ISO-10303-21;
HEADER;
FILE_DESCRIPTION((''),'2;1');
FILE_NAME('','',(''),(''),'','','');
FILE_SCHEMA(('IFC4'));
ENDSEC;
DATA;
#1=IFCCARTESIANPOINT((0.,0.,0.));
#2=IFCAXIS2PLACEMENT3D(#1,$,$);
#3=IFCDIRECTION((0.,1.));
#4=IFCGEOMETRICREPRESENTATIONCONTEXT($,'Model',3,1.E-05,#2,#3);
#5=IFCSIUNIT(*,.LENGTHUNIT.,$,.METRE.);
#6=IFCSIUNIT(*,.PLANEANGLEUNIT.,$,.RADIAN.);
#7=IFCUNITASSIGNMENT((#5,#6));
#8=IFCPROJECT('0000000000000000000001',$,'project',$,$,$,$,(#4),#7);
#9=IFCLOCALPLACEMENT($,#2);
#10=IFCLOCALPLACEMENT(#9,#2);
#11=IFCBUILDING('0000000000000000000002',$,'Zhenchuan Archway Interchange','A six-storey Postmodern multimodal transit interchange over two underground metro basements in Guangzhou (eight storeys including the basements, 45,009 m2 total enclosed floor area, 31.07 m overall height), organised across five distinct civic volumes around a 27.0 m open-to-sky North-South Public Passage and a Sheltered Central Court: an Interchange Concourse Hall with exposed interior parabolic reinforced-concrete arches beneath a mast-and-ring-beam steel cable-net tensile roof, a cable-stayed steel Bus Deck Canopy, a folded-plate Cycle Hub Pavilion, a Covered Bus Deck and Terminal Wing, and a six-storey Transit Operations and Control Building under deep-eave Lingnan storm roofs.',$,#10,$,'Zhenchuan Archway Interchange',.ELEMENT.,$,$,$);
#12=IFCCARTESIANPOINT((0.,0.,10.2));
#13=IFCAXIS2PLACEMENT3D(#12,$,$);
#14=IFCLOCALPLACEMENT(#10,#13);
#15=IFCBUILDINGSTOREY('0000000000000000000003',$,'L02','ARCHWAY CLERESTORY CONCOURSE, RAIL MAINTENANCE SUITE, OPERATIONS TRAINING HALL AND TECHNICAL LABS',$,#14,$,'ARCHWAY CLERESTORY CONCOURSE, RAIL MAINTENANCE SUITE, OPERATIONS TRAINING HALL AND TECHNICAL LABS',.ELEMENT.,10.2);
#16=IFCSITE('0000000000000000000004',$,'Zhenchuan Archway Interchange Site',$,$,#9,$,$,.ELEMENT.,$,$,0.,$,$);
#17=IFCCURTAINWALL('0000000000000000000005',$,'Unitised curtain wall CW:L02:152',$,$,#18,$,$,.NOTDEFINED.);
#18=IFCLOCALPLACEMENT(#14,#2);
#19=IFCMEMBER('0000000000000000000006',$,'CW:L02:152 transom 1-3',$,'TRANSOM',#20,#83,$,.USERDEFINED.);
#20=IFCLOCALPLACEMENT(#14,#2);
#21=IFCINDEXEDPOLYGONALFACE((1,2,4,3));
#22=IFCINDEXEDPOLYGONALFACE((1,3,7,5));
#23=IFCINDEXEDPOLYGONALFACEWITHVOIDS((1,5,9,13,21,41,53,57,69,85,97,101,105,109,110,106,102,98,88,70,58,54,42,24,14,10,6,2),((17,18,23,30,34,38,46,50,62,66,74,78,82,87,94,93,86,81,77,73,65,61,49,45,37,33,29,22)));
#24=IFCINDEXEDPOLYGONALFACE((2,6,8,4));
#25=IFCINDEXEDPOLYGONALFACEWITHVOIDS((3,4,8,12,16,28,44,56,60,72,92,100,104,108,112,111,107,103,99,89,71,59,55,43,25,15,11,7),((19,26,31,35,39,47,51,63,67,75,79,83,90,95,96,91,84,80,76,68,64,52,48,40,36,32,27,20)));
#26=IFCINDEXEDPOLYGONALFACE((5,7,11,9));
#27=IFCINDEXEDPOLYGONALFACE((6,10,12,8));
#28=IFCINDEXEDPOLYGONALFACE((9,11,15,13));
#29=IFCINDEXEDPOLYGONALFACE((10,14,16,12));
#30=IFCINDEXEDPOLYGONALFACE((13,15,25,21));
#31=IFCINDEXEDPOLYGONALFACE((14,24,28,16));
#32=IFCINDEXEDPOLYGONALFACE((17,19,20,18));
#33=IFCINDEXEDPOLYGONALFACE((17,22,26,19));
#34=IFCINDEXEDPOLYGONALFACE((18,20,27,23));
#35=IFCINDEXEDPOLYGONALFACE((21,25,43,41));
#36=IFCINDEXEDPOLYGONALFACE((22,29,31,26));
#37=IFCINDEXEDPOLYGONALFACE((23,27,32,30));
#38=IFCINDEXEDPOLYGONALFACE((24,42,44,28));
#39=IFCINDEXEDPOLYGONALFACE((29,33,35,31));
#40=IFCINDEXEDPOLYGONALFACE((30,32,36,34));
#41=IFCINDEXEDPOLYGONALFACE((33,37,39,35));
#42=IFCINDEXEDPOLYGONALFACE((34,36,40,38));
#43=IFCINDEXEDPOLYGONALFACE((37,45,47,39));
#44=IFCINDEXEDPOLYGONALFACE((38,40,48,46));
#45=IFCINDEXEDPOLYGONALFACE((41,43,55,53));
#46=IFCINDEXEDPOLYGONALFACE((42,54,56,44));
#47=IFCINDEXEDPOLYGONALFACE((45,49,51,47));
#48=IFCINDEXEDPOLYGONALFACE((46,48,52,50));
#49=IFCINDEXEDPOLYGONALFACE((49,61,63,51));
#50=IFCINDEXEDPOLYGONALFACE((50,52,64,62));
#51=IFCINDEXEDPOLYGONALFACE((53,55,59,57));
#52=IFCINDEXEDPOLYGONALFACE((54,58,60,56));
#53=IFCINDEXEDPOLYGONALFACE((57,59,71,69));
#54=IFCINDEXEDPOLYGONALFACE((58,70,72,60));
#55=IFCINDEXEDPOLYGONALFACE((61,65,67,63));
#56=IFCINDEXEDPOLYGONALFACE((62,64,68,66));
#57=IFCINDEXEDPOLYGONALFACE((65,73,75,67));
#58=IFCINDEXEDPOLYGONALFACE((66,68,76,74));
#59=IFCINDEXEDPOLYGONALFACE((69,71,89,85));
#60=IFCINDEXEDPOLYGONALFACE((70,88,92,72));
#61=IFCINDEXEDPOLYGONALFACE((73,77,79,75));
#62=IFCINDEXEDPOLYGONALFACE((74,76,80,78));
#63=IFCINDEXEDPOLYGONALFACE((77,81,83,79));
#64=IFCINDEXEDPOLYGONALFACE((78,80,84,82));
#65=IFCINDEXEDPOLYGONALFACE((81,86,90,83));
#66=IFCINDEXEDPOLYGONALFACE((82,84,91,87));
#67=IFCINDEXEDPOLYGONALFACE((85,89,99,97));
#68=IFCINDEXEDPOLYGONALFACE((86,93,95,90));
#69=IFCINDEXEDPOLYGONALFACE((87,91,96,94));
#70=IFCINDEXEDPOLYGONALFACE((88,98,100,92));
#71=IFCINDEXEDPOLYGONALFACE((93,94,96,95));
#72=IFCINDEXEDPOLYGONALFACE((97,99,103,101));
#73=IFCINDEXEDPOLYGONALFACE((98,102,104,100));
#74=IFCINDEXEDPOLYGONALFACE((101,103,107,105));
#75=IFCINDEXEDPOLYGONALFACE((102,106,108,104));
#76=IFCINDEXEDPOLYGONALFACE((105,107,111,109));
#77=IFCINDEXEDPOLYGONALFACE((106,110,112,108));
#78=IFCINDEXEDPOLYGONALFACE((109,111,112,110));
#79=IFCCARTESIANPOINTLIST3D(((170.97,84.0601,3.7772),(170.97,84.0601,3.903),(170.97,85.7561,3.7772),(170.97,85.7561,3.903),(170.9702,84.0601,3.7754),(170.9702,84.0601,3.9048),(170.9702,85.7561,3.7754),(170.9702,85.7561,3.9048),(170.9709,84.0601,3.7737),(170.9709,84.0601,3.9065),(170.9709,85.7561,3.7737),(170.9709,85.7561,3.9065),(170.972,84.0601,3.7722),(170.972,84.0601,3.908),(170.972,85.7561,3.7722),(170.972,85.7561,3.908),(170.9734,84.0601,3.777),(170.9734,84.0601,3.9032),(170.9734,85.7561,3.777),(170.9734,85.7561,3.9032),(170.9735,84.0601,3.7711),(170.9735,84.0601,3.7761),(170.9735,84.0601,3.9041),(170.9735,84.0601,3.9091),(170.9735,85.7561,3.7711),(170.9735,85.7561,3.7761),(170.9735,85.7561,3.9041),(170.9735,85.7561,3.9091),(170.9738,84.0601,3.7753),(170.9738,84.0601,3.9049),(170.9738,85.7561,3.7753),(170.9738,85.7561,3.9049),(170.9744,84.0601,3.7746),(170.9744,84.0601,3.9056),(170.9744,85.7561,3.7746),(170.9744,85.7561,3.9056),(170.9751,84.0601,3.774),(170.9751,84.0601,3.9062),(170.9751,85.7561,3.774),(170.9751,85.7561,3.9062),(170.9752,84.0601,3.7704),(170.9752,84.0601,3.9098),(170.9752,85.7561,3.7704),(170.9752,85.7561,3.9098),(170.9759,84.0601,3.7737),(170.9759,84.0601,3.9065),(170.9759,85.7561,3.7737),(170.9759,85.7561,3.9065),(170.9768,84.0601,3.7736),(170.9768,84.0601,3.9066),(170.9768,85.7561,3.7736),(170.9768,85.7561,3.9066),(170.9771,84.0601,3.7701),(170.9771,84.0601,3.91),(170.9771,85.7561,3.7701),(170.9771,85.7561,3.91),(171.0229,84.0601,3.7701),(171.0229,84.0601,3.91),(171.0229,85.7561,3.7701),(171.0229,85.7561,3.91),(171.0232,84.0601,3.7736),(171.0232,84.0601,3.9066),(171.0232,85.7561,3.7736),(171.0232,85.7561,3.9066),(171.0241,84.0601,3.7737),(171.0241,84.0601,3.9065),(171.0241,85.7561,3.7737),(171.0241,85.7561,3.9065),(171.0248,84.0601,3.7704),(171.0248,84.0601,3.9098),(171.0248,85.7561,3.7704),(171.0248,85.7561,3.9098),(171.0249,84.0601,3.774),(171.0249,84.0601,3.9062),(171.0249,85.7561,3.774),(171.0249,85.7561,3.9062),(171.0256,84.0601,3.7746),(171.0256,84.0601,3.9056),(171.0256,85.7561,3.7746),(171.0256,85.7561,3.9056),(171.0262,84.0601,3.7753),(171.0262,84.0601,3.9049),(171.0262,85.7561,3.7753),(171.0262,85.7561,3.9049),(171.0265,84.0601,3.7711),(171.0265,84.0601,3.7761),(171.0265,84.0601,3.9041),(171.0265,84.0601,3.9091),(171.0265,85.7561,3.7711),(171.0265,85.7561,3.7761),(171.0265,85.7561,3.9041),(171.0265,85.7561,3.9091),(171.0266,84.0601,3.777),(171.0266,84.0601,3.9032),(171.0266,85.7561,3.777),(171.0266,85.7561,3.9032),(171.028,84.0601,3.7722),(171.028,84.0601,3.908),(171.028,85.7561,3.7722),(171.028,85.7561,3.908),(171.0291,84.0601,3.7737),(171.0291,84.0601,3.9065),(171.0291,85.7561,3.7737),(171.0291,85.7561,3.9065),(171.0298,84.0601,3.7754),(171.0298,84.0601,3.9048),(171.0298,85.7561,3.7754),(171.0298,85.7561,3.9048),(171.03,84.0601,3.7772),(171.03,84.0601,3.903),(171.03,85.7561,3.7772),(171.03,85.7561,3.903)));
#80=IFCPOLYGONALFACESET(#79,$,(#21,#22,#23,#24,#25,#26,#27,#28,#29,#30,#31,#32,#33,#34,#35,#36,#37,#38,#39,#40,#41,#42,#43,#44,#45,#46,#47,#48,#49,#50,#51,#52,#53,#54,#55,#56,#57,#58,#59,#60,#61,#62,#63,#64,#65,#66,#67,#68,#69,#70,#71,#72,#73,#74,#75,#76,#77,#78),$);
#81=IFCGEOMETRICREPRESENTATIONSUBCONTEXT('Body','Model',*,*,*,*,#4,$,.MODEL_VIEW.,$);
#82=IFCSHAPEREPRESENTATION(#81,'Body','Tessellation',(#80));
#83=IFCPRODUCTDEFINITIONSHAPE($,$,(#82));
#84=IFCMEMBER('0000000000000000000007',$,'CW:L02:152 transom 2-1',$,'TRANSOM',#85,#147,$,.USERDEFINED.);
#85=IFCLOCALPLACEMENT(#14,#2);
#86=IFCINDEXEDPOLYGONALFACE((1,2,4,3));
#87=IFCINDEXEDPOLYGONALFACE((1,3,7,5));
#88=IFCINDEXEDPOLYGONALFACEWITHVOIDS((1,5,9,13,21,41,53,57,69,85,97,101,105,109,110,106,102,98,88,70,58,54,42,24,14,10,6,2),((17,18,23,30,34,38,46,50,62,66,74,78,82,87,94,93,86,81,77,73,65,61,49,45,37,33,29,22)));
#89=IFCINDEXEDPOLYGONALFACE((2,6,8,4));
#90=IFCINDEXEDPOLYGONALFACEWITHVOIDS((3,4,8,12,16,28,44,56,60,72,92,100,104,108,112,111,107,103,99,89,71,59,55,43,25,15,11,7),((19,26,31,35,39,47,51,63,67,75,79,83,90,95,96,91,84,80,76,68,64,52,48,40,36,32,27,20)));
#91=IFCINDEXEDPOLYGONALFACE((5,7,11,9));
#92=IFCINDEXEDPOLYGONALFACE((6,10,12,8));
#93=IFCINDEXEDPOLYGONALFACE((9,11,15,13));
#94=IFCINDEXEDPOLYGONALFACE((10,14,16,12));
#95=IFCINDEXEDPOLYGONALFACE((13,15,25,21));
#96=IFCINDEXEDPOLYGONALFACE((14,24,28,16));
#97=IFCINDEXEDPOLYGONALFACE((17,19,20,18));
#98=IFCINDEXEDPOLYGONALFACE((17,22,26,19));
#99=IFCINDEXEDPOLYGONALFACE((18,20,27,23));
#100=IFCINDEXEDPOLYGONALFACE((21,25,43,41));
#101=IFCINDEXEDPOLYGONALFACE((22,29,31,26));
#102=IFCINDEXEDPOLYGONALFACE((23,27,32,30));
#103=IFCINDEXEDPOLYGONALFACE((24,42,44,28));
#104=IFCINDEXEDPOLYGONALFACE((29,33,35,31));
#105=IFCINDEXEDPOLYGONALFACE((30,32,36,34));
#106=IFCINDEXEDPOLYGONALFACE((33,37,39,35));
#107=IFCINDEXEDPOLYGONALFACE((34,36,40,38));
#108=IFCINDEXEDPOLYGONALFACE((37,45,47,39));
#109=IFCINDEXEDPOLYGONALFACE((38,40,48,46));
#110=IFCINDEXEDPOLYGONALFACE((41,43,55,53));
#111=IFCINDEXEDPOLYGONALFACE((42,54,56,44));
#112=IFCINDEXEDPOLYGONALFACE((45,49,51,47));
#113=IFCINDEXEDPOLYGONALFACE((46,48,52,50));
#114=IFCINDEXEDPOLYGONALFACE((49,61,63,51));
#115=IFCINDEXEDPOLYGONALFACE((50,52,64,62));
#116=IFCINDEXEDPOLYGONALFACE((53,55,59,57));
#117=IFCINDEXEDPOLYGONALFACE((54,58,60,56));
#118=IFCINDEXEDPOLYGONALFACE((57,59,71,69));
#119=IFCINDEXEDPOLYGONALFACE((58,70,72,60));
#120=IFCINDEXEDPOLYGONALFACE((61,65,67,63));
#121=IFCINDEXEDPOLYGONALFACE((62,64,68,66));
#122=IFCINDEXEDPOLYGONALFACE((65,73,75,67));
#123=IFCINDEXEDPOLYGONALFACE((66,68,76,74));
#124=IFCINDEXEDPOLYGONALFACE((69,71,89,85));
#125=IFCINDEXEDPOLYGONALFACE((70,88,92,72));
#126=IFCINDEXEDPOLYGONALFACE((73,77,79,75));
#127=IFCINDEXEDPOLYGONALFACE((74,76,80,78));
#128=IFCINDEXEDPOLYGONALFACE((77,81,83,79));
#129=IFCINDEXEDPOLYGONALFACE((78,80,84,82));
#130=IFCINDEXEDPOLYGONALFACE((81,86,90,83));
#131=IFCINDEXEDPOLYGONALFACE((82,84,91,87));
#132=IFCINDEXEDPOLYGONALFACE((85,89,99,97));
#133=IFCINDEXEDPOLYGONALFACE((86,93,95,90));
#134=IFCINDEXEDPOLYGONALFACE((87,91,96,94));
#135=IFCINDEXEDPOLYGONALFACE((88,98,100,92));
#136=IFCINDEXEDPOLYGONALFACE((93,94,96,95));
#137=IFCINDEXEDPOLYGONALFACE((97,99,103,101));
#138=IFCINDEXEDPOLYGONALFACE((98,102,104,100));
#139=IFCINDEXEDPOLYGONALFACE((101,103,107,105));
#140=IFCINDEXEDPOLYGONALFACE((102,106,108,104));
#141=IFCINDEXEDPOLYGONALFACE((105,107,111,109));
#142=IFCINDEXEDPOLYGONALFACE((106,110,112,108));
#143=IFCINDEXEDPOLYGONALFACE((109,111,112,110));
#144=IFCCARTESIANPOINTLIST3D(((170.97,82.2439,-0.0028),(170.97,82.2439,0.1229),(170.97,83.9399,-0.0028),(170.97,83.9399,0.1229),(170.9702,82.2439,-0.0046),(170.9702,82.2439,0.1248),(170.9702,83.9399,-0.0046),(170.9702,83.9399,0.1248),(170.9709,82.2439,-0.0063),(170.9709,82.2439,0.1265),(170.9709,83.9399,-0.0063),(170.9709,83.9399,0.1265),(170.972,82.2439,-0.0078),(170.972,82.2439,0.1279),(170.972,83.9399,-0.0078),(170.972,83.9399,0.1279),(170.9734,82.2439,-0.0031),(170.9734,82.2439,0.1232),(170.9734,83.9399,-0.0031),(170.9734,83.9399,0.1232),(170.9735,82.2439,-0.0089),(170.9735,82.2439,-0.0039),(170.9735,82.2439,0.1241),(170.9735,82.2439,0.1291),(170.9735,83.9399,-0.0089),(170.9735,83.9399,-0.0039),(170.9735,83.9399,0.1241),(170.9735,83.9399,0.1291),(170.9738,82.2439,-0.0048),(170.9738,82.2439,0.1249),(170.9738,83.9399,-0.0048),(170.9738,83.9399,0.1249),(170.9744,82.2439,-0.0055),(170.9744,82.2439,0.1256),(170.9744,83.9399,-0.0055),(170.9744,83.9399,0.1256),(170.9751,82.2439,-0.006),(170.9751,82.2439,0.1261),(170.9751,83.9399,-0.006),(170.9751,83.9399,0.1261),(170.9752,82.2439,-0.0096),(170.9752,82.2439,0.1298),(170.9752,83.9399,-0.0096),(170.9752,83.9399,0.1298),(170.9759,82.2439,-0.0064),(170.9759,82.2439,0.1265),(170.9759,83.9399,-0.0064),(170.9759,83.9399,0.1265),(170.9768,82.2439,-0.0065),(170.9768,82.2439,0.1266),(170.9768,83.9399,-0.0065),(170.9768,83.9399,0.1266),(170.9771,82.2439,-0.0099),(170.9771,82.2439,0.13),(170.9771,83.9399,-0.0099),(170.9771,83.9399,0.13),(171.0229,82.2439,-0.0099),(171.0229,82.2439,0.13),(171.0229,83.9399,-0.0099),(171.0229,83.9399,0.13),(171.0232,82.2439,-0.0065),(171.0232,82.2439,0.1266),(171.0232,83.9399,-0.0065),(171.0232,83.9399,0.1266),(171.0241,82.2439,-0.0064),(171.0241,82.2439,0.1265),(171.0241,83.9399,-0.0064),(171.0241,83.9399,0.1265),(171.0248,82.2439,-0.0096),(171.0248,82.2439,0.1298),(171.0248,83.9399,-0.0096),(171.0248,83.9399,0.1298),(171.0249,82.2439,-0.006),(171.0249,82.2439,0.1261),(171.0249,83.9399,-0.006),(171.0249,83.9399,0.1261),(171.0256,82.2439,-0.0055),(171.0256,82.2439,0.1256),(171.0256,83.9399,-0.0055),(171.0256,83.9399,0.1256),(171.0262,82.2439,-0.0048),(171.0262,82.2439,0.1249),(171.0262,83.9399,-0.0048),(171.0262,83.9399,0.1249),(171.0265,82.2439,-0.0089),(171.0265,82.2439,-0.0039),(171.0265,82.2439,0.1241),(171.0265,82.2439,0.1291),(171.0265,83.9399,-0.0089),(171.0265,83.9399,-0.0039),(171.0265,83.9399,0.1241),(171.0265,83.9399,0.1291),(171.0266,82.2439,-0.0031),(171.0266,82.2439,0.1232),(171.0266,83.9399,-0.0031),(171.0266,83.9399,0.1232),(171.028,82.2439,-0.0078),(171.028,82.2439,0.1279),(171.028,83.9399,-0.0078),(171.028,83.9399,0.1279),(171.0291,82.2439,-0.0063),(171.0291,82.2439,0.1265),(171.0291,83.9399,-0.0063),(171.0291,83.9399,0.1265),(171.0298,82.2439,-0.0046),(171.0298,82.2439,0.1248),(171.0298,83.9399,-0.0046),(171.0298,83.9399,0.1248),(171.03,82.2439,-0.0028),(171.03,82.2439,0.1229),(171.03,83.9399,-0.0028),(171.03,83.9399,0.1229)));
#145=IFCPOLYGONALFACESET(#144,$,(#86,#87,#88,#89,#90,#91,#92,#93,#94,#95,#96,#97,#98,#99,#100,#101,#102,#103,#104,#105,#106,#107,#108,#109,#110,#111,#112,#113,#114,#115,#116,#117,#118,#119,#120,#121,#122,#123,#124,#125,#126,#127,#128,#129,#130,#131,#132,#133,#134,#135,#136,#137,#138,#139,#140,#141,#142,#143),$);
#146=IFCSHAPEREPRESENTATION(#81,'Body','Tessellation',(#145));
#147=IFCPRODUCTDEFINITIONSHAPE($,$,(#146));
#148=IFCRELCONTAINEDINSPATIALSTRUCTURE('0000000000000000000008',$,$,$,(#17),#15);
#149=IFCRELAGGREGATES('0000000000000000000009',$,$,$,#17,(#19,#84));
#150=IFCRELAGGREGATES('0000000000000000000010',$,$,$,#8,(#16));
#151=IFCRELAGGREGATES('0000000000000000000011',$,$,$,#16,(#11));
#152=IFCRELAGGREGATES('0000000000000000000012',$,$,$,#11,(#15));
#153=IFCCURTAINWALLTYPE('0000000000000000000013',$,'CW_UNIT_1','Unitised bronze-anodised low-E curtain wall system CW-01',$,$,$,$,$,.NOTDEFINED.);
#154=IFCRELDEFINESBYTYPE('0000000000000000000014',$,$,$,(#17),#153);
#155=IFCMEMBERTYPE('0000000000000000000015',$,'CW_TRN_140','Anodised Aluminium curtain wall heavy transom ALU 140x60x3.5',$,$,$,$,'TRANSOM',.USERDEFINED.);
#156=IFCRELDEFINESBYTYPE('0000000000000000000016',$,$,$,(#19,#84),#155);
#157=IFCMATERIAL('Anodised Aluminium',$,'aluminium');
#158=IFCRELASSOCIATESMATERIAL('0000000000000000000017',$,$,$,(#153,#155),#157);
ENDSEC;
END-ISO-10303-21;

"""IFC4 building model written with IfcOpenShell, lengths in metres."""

from ifc_helpers import new_model, si_unit, direction, frame, origin, origin_2d, place, context, subcontext, project, spatial, hollow_rectangle, extrude, material, material_profile, profile_set, type_object, element, aggregate, save


model = new_model("IFC4")

# Units and contexts
model_context = context("Model", 3, precision=1e-05, world=origin(), true_north=direction((0.0, 1.0)))
body_context = subcontext(model_context, "Body", "Model", "MODEL_VIEW")
ifc_project = project(units=[si_unit("LENGTHUNIT", "METRE"), si_unit("PLANEANGLEUNIT", "RADIAN")], contexts=[model_context])

# Site, building, storey
site_placement = place(None, origin())
site = spatial("IfcSite", under=ifc_project, at=site_placement, Name="Zhenchuan Archway Interchange Site", CompositionType="ELEMENT", RefElevation=0.0)
building_placement = place(site_placement, origin())
building = spatial("IfcBuilding", under=site, at=building_placement, Name="Zhenchuan Archway Interchange", Description="A six-storey Postmodern multimodal transit interchange over two underground metro basements in Guangzhou (eight storeys including the basements, 45,009 m2 total enclosed floor area, 31.07 m overall height), organised across five distinct civic volumes around a 27.0 m open-to-sky North-South Public Passage and a Sheltered Central Court: an Interchange Concourse Hall with exposed interior parabolic reinforced-concrete arches beneath a mast-and-ring-beam steel cable-net tensile roof, a cable-stayed steel Bus Deck Canopy, a folded-plate Cycle Hub Pavilion, a Covered Bus Deck and Terminal Wing, and a six-storey Transit Operations and Control Building under deep-eave Lingnan storm roofs.", LongName="Zhenchuan Archway Interchange", CompositionType="ELEMENT")
storey_placement = place(building_placement, frame((0.0, 0.0, 10.2)))
storey = spatial("IfcBuildingStorey", under=building, at=storey_placement, Name="L02", Description="ARCHWAY CLERESTORY CONCOURSE, RAIL MAINTENANCE SUITE, OPERATIONS TRAINING HALL AND TECHNICAL LABS", LongName="ARCHWAY CLERESTORY CONCOURSE, RAIL MAINTENANCE SUITE, OPERATIONS TRAINING HALL AND TECHNICAL LABS", CompositionType="ELEMENT", Elevation=10.2)

# Curtain wall, members
ifc_material_1 = material(Name="Anodised Aluminium", Category="aluminium")
curtain_wall_type = type_object("IfcCurtainWallType", Name="CW_UNIT_1", Description="Unitised bronze-anodised low-E curtain wall system CW-01", PredefinedType="NOTDEFINED", material=ifc_material_1)
curtain_wall_placement = place(storey_placement, origin())
curtain_wall = element("IfcCurtainWall", 1, at=curtain_wall_placement, inside=storey, type_object=curtain_wall_type, Name="Unitised curtain wall CW:L02:152", PredefinedType="NOTDEFINED")
ifc_material_profile_1 = material_profile(ifc_material_1, hollow_rectangle(XDim=0.0601, YDim=0.1399, WallThickness=0.0034, InnerFilletRadius=0.0034, OuterFilletRadius=0.0071, at=origin_2d()), Name="ALU 140x60x3.5")
ifc_profile_set_1 = profile_set([ifc_material_profile_1], Name="Anodised Aluminium")
member_type_1 = type_object("IfcMemberType", Name="CW_TRN_140", Description="Anodised Aluminium curtain wall heavy transom ALU 140x60x3.5", ElementType="TRANSOM", PredefinedType="USERDEFINED", material=ifc_profile_set_1)
member_1_placement = place(storey_placement, frame((171.0, 85.7561, 3.8401), z_axis=(0.0, -1.0, 0.0), x_axis=(1.0, 0.0, 0.0)))
member_1 = element("IfcMember", 2, at=member_1_placement, type_object=member_type_1, Name="CW:L02:152 transom 1-3", ObjectType="TRANSOM", PredefinedType="USERDEFINED", context=body_context, shape_type="SweptSolid", body=[
    extrude(hollow_rectangle(XDim=0.0601, YDim=0.1399, WallThickness=0.0034, InnerFilletRadius=0.0034, OuterFilletRadius=0.0071, at=origin_2d()), origin(), (0.0, 0.0, 1.0), 1.696),
])
member_2_placement = place(storey_placement, frame((171.0, 83.9399, 0.0601), z_axis=(0.0, -1.0, 0.0), x_axis=(1.0, 0.0, 0.0)))
member_2 = element("IfcMember", 3, at=member_2_placement, type_object=member_type_1, Name="CW:L02:152 transom 2-1", ObjectType="TRANSOM", PredefinedType="USERDEFINED", context=body_context, shape_type="SweptSolid", body=[
    extrude(hollow_rectangle(XDim=0.0601, YDim=0.1399, WallThickness=0.0034, InnerFilletRadius=0.0034, OuterFilletRadius=0.0071, at=origin_2d()), origin(), (0.0, 0.0, 1.0), 1.696),
])
aggregate(curtain_wall, [member_1, member_2])

save(model, "model.ifc")
